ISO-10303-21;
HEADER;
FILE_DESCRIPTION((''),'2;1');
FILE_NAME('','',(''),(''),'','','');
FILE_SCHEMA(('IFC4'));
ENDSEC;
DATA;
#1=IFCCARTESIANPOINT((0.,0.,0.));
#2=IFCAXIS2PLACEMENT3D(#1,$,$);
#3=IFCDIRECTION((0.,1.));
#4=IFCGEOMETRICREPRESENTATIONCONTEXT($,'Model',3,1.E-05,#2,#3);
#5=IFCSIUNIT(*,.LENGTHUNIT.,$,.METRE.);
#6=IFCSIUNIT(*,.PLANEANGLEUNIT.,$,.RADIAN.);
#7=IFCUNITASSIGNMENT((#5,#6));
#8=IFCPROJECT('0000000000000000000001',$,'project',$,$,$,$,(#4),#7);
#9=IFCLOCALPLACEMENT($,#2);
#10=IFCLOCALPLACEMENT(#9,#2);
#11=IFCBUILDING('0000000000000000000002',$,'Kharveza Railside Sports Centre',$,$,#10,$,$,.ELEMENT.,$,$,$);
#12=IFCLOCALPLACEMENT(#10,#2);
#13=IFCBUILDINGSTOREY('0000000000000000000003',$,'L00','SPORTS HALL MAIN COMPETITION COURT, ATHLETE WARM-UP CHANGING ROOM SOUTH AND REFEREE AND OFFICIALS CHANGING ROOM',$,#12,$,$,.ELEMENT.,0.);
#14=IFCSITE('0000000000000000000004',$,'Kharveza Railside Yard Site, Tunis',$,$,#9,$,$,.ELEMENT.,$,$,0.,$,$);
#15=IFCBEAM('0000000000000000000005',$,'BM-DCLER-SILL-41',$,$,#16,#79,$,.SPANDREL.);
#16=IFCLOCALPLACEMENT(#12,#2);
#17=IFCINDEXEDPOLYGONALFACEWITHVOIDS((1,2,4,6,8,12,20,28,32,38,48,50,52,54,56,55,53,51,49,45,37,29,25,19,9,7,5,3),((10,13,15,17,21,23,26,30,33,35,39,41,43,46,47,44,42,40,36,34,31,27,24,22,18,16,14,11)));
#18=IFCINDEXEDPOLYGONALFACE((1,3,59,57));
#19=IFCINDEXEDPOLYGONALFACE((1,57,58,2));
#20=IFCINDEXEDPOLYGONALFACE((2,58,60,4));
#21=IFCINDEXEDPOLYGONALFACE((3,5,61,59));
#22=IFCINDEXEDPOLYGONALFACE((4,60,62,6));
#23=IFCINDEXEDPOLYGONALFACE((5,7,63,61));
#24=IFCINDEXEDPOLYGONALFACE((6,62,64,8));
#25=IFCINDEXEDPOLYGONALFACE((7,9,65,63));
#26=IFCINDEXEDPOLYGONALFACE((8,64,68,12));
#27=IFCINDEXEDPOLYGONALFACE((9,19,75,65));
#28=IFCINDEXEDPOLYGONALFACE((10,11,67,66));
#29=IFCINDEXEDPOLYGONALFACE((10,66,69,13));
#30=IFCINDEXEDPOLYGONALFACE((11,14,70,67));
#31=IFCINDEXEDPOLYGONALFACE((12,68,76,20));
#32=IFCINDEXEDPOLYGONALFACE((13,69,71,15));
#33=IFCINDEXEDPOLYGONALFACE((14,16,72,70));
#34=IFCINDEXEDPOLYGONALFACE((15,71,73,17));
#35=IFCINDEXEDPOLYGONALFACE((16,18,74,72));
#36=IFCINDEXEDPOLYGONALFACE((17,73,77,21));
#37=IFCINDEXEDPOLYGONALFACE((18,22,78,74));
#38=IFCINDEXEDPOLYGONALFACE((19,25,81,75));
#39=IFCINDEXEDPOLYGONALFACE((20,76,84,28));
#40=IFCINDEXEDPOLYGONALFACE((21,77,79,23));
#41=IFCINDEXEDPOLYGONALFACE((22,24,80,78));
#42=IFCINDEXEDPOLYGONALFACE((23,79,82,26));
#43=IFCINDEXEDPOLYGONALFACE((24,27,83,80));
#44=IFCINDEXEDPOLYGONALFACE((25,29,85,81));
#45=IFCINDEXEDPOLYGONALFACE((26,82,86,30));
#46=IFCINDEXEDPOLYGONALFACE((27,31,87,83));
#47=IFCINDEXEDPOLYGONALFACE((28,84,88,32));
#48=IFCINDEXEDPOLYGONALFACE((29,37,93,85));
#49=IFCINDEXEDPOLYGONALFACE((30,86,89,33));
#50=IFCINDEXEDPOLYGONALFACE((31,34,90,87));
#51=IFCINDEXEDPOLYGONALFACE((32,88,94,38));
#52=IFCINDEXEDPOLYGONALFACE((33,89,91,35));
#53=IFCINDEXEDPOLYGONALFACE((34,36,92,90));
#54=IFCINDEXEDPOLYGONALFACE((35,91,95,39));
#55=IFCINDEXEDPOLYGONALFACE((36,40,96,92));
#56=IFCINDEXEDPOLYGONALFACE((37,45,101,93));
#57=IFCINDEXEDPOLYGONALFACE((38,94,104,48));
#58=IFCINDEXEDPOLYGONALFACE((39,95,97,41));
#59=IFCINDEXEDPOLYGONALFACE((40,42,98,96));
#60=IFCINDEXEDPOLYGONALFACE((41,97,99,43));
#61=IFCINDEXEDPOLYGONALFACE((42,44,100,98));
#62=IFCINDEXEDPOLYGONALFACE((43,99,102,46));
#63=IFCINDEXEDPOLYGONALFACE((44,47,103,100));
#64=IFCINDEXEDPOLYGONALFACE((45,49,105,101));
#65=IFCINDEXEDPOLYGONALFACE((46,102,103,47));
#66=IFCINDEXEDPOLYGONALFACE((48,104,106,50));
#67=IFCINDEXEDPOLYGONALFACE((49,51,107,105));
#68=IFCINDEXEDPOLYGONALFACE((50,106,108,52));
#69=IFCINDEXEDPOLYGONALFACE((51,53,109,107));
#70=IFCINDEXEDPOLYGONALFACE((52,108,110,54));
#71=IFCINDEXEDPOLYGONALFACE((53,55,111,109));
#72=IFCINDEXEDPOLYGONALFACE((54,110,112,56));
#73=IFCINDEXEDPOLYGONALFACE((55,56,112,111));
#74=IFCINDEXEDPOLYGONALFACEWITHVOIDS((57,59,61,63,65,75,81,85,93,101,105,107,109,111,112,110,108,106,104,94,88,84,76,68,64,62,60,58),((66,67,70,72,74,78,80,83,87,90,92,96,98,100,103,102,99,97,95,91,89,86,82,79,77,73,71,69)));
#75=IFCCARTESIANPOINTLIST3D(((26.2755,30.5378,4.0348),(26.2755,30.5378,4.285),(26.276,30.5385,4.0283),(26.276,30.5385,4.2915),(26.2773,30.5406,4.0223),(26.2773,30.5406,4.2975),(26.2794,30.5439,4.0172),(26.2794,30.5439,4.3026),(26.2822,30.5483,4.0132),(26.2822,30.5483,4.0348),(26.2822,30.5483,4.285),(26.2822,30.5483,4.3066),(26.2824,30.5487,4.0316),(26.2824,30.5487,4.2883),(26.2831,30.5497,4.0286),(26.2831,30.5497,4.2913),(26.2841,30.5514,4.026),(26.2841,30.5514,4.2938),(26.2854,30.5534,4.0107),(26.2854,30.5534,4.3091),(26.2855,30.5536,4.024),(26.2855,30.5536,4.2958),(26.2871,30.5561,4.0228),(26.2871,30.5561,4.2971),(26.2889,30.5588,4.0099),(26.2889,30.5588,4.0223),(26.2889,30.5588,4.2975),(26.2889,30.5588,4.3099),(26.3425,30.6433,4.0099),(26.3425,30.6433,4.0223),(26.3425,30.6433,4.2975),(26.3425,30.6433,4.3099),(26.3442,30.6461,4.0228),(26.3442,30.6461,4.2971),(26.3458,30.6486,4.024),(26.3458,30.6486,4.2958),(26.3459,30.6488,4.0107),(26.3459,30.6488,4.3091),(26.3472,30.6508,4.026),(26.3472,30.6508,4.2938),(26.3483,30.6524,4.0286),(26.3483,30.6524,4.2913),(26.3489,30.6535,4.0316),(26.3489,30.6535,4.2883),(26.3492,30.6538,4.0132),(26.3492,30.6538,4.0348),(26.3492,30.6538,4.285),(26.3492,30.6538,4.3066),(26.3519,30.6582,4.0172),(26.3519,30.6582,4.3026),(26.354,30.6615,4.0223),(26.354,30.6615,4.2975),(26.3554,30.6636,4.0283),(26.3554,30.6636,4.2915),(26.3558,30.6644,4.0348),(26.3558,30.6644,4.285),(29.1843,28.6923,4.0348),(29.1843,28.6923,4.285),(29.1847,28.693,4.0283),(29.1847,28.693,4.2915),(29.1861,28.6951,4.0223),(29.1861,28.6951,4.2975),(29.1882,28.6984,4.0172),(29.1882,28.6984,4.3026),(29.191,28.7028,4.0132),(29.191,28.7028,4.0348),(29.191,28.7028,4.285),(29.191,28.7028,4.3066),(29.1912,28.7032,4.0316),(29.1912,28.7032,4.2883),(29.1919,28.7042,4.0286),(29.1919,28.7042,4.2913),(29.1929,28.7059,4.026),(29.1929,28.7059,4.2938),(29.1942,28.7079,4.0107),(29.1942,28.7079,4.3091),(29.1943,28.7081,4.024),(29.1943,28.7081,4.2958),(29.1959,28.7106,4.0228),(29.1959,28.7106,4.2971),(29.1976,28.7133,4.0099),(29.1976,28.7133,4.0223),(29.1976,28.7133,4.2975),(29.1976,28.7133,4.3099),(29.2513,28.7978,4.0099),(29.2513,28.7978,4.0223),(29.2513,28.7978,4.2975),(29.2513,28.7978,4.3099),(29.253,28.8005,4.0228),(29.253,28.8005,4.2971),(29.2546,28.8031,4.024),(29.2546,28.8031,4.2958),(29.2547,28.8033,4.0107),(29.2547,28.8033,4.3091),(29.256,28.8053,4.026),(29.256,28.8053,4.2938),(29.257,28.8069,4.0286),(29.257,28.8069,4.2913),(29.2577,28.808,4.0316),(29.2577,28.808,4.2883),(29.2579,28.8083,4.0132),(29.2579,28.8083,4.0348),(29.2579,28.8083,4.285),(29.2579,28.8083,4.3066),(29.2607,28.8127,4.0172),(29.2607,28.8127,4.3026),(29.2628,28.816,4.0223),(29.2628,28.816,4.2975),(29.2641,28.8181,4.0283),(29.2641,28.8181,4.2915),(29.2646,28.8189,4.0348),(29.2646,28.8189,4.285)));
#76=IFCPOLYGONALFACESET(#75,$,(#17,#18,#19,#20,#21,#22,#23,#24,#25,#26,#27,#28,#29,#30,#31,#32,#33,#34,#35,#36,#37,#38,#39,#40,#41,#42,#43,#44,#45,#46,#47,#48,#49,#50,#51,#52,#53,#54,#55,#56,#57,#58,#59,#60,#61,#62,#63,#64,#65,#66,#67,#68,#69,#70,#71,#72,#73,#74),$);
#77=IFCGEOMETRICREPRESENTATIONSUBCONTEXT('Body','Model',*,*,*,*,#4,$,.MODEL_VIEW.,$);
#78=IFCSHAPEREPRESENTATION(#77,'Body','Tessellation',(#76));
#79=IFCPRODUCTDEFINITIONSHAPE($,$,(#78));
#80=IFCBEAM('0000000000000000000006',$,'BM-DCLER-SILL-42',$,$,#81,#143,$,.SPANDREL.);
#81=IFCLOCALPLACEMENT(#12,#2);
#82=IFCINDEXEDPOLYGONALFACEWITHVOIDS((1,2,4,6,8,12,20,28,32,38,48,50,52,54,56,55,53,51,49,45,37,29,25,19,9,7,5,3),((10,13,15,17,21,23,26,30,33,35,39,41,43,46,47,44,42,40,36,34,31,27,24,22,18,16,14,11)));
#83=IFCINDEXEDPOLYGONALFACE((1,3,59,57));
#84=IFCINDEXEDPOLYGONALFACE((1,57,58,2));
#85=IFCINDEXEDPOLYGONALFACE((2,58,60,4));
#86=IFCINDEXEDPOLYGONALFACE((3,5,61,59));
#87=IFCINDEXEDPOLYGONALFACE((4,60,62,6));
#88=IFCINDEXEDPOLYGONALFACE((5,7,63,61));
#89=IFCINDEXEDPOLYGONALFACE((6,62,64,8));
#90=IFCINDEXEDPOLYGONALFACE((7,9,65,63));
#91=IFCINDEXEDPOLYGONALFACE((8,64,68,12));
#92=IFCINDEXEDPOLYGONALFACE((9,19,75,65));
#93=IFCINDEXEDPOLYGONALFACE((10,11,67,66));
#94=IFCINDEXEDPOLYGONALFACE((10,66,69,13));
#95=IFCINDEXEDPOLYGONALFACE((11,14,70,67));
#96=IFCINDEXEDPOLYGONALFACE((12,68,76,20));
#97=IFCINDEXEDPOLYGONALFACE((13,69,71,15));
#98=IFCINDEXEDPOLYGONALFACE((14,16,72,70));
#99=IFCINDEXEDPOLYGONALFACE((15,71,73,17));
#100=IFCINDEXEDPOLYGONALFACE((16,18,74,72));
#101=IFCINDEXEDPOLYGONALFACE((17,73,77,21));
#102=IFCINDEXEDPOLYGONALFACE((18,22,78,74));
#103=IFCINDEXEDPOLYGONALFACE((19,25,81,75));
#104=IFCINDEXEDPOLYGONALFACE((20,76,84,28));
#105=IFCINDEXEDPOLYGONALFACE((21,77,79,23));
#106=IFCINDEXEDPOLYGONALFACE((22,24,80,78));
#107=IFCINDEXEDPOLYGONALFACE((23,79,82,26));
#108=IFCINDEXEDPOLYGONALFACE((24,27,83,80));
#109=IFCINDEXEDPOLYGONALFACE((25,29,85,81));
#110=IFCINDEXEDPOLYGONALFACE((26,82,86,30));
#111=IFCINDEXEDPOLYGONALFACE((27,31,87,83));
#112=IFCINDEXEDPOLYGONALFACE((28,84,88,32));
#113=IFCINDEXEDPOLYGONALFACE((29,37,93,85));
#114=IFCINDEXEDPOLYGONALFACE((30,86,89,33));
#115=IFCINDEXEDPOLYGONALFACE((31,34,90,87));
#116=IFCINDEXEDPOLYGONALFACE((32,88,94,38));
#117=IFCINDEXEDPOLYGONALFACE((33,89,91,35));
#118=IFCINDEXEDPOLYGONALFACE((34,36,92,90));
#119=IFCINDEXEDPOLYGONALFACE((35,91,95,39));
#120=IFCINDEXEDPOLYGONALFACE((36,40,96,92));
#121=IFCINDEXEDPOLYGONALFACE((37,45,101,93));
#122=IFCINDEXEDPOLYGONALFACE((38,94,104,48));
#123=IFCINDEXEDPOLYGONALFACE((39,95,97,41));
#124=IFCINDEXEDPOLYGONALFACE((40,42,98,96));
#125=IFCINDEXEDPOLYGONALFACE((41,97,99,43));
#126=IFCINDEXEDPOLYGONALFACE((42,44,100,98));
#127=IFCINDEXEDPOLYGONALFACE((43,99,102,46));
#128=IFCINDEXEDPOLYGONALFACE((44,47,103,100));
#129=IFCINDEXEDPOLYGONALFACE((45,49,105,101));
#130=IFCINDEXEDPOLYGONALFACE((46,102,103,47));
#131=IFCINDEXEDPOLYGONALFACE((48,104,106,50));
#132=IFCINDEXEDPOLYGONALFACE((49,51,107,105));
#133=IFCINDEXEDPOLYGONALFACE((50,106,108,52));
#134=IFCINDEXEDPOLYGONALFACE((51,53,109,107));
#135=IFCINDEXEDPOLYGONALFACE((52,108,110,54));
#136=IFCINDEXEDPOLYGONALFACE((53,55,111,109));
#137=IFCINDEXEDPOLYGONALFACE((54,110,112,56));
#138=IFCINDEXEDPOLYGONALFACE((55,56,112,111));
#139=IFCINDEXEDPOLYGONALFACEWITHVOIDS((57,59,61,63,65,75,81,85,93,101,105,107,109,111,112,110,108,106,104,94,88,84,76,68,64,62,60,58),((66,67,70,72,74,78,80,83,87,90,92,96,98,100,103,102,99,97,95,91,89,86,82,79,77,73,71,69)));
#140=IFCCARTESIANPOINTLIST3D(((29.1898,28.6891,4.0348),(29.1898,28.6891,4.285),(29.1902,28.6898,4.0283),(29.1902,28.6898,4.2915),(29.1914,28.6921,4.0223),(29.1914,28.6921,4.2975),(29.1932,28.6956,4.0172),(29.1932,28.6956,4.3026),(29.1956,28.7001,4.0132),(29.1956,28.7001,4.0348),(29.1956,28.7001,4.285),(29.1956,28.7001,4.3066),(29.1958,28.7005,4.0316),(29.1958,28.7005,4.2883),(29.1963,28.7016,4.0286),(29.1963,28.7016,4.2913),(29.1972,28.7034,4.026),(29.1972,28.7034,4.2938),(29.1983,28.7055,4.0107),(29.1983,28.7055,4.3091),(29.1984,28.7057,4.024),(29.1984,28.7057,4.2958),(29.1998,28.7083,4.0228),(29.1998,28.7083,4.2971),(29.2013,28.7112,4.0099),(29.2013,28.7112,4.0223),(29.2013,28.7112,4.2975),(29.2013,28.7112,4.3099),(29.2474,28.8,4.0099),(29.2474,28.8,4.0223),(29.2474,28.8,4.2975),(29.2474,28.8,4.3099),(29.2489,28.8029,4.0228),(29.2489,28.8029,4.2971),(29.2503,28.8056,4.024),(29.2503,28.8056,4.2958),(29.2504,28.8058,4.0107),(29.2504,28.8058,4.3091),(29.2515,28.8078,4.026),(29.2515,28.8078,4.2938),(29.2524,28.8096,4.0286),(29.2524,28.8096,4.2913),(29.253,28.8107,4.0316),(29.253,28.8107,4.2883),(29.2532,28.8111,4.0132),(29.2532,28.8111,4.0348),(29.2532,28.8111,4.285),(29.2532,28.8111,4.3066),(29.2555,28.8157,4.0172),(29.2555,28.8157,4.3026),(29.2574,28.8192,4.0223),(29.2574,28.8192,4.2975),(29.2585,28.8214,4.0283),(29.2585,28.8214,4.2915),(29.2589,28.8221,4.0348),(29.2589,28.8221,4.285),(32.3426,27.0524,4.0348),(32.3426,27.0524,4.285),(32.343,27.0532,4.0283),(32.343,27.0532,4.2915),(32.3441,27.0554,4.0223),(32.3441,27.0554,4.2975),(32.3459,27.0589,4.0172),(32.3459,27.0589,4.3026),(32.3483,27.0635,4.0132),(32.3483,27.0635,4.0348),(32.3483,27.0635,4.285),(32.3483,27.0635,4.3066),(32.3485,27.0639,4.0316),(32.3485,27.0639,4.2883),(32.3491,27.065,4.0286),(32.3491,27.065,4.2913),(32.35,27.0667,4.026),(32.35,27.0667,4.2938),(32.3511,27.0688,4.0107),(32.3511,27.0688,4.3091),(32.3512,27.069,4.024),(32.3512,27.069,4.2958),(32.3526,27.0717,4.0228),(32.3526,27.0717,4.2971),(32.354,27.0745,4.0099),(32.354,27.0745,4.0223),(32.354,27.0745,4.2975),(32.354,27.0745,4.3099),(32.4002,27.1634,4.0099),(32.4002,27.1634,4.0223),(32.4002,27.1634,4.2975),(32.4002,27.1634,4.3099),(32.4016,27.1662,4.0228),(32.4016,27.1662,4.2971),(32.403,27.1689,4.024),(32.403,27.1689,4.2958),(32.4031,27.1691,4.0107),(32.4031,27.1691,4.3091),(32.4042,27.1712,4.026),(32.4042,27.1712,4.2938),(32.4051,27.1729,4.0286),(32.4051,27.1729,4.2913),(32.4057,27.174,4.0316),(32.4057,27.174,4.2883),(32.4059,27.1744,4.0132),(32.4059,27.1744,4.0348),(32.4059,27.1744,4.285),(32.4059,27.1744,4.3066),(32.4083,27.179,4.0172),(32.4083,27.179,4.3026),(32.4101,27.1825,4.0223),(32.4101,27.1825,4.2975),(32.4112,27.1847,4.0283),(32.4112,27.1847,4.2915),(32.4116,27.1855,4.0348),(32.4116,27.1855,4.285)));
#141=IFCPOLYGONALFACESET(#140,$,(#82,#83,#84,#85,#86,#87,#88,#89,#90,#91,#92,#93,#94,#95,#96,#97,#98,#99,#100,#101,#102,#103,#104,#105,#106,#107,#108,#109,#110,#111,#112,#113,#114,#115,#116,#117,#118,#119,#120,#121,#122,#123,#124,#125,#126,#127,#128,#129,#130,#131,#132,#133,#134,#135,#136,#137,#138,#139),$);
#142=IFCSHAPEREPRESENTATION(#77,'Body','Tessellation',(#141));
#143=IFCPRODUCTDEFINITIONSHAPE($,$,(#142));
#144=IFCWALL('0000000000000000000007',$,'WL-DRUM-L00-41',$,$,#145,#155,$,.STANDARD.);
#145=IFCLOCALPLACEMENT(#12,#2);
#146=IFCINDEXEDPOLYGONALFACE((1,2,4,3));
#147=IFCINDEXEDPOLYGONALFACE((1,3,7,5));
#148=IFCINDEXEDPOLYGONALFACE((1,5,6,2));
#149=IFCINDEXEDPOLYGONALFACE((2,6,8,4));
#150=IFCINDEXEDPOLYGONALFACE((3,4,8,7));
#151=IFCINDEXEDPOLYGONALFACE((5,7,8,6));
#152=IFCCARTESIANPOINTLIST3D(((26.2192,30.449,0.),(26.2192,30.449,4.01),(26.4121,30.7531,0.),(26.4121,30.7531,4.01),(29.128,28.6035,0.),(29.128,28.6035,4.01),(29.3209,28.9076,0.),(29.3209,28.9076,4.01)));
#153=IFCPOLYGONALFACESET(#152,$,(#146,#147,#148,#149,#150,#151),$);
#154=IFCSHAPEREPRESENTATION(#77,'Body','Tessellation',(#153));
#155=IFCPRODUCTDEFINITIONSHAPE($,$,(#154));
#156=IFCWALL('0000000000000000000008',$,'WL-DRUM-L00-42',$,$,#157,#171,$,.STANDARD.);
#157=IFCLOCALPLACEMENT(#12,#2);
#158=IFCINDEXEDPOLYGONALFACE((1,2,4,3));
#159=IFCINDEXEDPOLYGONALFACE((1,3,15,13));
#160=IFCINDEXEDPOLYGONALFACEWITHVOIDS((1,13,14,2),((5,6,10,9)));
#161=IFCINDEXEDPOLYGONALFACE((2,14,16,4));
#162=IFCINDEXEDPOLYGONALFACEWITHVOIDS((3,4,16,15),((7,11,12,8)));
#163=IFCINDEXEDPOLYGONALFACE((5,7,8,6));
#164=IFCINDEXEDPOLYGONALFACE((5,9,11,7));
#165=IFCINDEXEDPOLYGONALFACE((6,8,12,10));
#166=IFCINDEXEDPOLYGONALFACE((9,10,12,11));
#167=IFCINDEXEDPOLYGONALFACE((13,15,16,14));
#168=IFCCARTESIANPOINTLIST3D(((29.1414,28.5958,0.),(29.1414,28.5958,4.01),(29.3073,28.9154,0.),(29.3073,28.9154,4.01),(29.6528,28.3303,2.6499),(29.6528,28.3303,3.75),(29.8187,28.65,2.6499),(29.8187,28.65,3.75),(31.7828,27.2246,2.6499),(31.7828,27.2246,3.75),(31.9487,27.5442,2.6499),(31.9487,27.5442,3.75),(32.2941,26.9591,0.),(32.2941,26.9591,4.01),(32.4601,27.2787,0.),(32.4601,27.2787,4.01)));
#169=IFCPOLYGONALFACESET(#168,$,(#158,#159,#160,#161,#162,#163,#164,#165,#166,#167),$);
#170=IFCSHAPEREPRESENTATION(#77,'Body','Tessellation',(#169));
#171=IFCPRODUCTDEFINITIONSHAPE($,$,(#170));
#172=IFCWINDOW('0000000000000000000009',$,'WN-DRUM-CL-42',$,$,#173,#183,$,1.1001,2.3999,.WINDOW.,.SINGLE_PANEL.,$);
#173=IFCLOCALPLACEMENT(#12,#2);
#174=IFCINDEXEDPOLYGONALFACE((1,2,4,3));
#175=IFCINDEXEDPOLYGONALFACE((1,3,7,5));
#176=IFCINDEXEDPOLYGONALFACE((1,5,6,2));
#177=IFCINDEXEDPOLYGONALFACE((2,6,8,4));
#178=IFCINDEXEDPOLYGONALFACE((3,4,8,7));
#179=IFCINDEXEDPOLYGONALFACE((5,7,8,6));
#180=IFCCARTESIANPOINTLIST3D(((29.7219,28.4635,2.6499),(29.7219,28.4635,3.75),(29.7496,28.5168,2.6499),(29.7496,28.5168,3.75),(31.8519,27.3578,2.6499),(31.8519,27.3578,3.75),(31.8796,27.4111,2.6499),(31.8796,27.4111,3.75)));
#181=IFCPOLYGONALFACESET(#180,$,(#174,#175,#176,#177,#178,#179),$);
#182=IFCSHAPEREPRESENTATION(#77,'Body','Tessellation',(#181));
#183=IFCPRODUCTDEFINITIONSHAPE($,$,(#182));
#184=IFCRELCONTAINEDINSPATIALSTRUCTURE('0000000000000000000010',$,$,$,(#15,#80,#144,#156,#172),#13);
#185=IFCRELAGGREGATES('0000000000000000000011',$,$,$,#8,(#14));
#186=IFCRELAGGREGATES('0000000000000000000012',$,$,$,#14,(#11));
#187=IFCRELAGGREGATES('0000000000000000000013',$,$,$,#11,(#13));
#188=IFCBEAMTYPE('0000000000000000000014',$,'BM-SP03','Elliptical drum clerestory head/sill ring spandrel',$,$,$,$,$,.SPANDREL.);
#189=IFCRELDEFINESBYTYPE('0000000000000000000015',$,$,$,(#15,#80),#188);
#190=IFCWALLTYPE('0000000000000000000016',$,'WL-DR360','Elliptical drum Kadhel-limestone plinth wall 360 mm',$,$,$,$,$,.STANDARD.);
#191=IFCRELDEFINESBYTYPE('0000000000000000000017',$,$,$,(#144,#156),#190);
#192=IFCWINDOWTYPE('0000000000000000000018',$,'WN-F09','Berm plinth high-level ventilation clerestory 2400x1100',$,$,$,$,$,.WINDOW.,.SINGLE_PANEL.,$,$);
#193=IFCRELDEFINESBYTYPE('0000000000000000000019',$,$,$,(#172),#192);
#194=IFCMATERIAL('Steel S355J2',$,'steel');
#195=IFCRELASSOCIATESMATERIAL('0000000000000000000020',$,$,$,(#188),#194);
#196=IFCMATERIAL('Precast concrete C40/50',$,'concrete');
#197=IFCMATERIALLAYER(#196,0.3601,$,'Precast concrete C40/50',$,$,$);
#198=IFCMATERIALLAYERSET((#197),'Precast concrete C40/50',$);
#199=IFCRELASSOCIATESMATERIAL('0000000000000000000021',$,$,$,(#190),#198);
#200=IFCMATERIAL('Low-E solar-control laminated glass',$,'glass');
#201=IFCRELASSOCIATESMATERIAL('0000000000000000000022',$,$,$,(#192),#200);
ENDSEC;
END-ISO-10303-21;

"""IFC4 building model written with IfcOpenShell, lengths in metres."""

from ifc_helpers import new_model, si_unit, direction, frame, frame_2d, origin, origin_2d, place, context, subcontext, project, spatial, rectangle, hollow_rectangle, extrude, material, layer, layer_set, material_profile, profile_set, type_object, element, fill, save


model = new_model("IFC4")

# Units and contexts
model_context = context("Model", 3, precision=1e-05, world=origin(), true_north=direction((0.0, 1.0)))
body_context = subcontext(model_context, "Body", "Model", "MODEL_VIEW")
ifc_project = project(units=[si_unit("LENGTHUNIT", "METRE"), si_unit("PLANEANGLEUNIT", "RADIAN")], contexts=[model_context])

# Site, building, storey
site_placement = place(None, origin())
site = spatial("IfcSite", under=ifc_project, at=site_placement, Name="Kharveza Railside Yard Site, Tunis", CompositionType="ELEMENT", RefElevation=0.0)
building_placement = place(site_placement, origin())
building = spatial("IfcBuilding", under=site, at=building_placement, Name="Kharveza Railside Sports Centre", CompositionType="ELEMENT")
storey_placement = place(building_placement, origin())
storey = spatial("IfcBuildingStorey", under=building, at=storey_placement, Name="L00", Description="SPORTS HALL MAIN COMPETITION COURT, ATHLETE WARM-UP CHANGING ROOM SOUTH AND REFEREE AND OFFICIALS CHANGING ROOM", CompositionType="ELEMENT", Elevation=0.0)

# Shared definitions
ifc_material_1 = material(Name="Steel S355J2", Category="steel")

# Beams
ifc_material_profile_1 = material_profile(ifc_material_1, hollow_rectangle(XDim=0.1499, YDim=0.3, WallThickness=0.0125, InnerFilletRadius=0.0125, OuterFilletRadius=0.0249, at=origin_2d()), Name="RHS 150x300x12.5")
ifc_profile_set_1 = profile_set([ifc_material_profile_1], Name="Steel S355J2")
beam_type_1 = type_object("IfcBeamType", Name="BM-SP03", Description="Elliptical drum clerestory head/sill ring spandrel", PredefinedType="SPANDREL", material=ifc_profile_set_1)
beam_1_placement = place(storey_placement, frame((26.3157, 30.6011, 4.1599), z_axis=(0.844387, -0.535733, 0.0), x_axis=(0.535733, 0.844387, 0.0)))
element("IfcBeam", 1, at=beam_1_placement, inside=storey, type_object=beam_type_1, Name="BM-DCLER-SILL-41", PredefinedType="SPANDREL", context=body_context, shape_type="SweptSolid", body=[
    extrude(hollow_rectangle(XDim=0.1499, YDim=0.3, WallThickness=0.0125, InnerFilletRadius=0.0125, OuterFilletRadius=0.0249, at=origin_2d()), origin(), (0.0, 0.0, 1.0), 3.4448),
])
beam_2_placement = place(storey_placement, frame((29.2244, 28.7556, 4.1599), z_axis=(0.887534, -0.460742, 0.0), x_axis=(0.460742, 0.887534, 0.0)))
element("IfcBeam", 2, at=beam_2_placement, inside=storey, type_object=beam_type_1, Name="BM-DCLER-SILL-42", PredefinedType="SPANDREL", context=body_context, shape_type="SweptSolid", body=[
    extrude(hollow_rectangle(XDim=0.1499, YDim=0.3, WallThickness=0.0125, InnerFilletRadius=0.0125, OuterFilletRadius=0.0249, at=origin_2d()), origin(), (0.0, 0.0, 1.0), 3.5522),
])

# Wall
ifc_material_2 = material(Name="Precast concrete C40/50", Category="concrete")
ifc_layer_1 = layer(ifc_material_2, 0.3601, Name="Precast concrete C40/50")
ifc_layer_set_1 = layer_set([ifc_layer_1], Name="Precast concrete C40/50")
wall_type_1 = type_object("IfcWallType", Name="WL-DR360", Description="Elliptical drum Kadhel-limestone plinth wall 360 mm", PredefinedType="STANDARD", material=ifc_layer_set_1)
wall_1_placement = place(storey_placement, frame((26.3157, 30.6011, 0.0), z_axis=(0.0, 0.0, 1.0), x_axis=(0.844387, -0.535733, 0.0)))
element("IfcWall", 3, at=wall_1_placement, inside=storey, type_object=wall_type_1, Name="WL-DRUM-L00-41", PredefinedType="STANDARD", context=body_context, shape_type="SweptSolid", body=[
    extrude(rectangle(XDim=3.4448, YDim=0.3601, at=frame_2d((1.7224, 0.0))), origin(), (0.0, 0.0, 1.0), 4.01),
])

# Wall, opening, window
wall_2_placement = place(storey_placement, frame((29.2244, 28.7556, 0.0), z_axis=(0.0, 0.0, 1.0), x_axis=(0.887534, -0.460742, 0.0)))
wall_2 = element("IfcWall", 4, at=wall_2_placement, inside=storey, type_object=wall_type_1, Name="WL-DRUM-L00-42", PredefinedType="STANDARD", context=body_context, shape_type="SweptSolid", body=[
    extrude(rectangle(XDim=3.5522, YDim=0.3601, at=frame_2d((1.7761, 0.0))), origin(), (0.0, 0.0, 1.0), 4.01),
])
opening_1_placement = place(wall_2_placement, frame((0.5762, 0.0, 2.6499)))
opening_1 = element("IfcOpeningElement", 5, at=opening_1_placement, cuts=wall_2, PredefinedType="OPENING", context=body_context, shape_type="SweptSolid", body=[
    extrude(rectangle(XDim=2.3999, YDim=1.1001, at=frame_2d((1.2, 0.55))), frame((0.0, 0.2051, 0.0), z_axis=(0.0, -1.0, 0.0), x_axis=(1.0, 0.0, 0.0)), (0.0, 0.0, 1.0), 0.4099),
])
ifc_material_3 = material(Name="Low-E solar-control laminated glass", Category="glass")
window_type = type_object("IfcWindowType", Name="WN-F09", Description="Berm plinth high-level ventilation clerestory 2400x1100", PartitioningType="SINGLE_PANEL", PredefinedType="WINDOW", material=ifc_material_3)
window_placement = place(opening_1_placement, origin())
window = element("IfcWindow", 6, at=window_placement, inside=storey, type_object=window_type, Name="WN-DRUM-CL-42", OverallHeight=1.1001, OverallWidth=2.3999, PartitioningType="SINGLE_PANEL", PredefinedType="WINDOW", context=body_context, shape_type="SweptSolid", body=[
    extrude(rectangle(XDim=2.3999, YDim=1.1001, at=frame_2d((1.2, 0.55))), frame((0.0, 0.03, 0.0), z_axis=(0.0, -1.0, 0.0), x_axis=(1.0, 0.0, 0.0)), (0.0, 0.0, 1.0), 0.0601),
])
fill(opening_1, window)

save(model, "model.ifc")
